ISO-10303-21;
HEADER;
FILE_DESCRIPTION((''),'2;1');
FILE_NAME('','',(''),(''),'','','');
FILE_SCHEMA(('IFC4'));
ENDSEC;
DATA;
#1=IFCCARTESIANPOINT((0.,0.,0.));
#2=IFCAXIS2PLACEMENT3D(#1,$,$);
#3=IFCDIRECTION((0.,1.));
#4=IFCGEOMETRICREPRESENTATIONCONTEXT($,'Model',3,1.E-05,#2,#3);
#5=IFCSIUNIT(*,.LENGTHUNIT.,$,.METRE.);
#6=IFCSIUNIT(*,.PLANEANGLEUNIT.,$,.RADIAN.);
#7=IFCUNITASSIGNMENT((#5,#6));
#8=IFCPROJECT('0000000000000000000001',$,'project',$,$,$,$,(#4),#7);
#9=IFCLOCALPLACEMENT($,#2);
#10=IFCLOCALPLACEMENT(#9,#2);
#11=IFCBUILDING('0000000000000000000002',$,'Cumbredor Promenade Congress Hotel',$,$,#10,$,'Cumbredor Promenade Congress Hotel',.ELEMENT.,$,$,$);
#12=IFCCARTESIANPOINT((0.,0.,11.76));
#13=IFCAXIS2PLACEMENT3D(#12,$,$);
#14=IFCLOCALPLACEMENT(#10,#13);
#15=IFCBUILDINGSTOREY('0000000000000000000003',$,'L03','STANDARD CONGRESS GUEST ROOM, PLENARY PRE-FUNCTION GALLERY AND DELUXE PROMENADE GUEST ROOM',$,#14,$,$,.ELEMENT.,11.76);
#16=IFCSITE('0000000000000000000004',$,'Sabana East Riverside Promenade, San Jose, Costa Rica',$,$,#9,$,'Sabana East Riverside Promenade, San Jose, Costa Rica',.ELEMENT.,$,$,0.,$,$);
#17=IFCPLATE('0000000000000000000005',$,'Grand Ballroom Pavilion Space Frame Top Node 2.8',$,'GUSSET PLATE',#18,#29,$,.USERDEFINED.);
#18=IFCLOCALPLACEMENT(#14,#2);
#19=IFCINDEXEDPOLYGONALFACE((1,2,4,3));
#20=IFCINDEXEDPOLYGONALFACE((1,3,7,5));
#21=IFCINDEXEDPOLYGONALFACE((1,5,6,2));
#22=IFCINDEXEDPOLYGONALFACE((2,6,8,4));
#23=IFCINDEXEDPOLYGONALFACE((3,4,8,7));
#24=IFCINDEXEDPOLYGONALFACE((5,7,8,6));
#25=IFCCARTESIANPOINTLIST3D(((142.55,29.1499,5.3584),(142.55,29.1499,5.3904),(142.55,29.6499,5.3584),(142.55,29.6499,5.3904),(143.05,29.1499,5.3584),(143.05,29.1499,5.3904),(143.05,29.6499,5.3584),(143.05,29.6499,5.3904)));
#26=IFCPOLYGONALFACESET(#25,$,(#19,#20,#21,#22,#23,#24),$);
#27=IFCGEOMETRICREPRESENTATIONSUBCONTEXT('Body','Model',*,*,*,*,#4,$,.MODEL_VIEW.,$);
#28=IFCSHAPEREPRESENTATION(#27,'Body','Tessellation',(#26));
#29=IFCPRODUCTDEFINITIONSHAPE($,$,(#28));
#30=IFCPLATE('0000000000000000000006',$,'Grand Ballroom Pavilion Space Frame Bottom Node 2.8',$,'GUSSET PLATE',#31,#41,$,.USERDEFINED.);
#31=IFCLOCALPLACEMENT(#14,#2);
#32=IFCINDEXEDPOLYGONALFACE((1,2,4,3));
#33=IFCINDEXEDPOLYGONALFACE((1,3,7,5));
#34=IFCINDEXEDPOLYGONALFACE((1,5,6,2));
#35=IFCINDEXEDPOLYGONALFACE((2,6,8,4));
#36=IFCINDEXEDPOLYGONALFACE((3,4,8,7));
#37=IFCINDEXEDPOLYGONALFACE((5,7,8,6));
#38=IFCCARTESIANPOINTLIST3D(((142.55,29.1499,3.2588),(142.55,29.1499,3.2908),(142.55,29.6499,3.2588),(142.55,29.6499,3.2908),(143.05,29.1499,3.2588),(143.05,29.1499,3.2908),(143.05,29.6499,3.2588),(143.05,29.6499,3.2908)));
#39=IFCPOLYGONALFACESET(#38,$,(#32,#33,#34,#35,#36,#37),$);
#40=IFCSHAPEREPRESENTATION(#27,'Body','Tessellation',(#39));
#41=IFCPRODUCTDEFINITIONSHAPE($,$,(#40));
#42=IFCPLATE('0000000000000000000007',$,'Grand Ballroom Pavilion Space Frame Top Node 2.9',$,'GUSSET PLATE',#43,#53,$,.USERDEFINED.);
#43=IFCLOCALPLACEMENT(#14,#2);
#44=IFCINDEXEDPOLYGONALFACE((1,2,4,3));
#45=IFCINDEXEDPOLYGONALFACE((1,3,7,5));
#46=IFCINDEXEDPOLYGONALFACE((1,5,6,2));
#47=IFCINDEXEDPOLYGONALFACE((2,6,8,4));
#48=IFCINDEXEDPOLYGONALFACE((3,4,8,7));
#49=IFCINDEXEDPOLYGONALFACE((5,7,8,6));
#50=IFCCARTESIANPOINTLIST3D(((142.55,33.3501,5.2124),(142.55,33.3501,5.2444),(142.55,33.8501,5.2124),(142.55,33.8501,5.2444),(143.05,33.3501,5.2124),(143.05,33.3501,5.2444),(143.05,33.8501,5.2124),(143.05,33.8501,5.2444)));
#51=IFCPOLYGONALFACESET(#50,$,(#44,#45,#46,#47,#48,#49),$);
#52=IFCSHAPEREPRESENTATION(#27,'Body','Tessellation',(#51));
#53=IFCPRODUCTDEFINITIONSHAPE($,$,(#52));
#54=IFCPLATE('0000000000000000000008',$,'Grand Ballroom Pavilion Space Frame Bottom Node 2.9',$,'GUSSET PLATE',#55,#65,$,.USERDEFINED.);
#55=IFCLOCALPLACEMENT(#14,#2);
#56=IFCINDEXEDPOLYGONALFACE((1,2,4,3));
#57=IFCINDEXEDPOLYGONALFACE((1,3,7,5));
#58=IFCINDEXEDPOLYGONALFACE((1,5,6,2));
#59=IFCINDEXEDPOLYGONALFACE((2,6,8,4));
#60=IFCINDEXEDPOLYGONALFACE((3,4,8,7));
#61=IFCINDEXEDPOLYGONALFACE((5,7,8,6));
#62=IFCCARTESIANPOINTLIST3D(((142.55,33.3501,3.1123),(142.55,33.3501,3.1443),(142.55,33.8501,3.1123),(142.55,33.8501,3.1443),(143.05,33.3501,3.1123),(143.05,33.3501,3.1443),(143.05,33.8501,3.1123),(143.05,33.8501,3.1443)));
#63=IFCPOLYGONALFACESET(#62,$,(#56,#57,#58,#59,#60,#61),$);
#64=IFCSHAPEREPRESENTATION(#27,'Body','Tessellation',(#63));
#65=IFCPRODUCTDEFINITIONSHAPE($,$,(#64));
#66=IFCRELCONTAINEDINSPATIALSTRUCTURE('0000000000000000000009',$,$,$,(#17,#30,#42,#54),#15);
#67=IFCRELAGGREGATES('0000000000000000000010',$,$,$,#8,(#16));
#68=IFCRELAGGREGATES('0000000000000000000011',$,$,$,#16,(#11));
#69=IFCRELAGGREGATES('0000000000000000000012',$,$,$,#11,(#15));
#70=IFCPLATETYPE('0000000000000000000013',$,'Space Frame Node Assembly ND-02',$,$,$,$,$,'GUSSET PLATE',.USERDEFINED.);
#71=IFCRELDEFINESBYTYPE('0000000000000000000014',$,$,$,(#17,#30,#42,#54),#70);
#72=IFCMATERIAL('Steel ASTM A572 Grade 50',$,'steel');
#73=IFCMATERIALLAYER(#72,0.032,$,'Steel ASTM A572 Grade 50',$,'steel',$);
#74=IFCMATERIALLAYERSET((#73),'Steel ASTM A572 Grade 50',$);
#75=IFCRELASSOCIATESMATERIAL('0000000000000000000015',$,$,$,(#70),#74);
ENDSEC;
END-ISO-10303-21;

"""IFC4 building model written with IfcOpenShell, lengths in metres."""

from ifc_helpers import new_model, si_unit, direction, frame, origin, origin_2d, place, context, subcontext, project, spatial, rectangle, extrude, material, layer, layer_set, type_object, element, save


model = new_model("IFC4")

# Units and contexts
model_context = context("Model", 3, precision=1e-05, world=origin(), true_north=direction((0.0, 1.0)))
body_context = subcontext(model_context, "Body", "Model", "MODEL_VIEW")
ifc_project = project(units=[si_unit("LENGTHUNIT", "METRE"), si_unit("PLANEANGLEUNIT", "RADIAN")], contexts=[model_context])

# Site, building, storey
site_placement = place(None, origin())
site = spatial("IfcSite", under=ifc_project, at=site_placement, Name="Sabana East Riverside Promenade, San Jose, Costa Rica", LongName="Sabana East Riverside Promenade, San Jose, Costa Rica", CompositionType="ELEMENT", RefElevation=0.0)
building_placement = place(site_placement, origin())
building = spatial("IfcBuilding", under=site, at=building_placement, Name="Cumbredor Promenade Congress Hotel", LongName="Cumbredor Promenade Congress Hotel", CompositionType="ELEMENT")
storey_placement = place(building_placement, frame((0.0, 0.0, 11.76)))
storey = spatial("IfcBuildingStorey", under=building, at=storey_placement, Name="L03", Description="STANDARD CONGRESS GUEST ROOM, PLENARY PRE-FUNCTION GALLERY AND DELUXE PROMENADE GUEST ROOM", CompositionType="ELEMENT", Elevation=11.76)

# Plates
ifc_material_1 = material(Name="Steel ASTM A572 Grade 50", Category="steel")
ifc_layer_1 = layer(ifc_material_1, 0.032, Name="Steel ASTM A572 Grade 50", Category="steel")
ifc_layer_set_1 = layer_set([ifc_layer_1], Name="Steel ASTM A572 Grade 50")
plate_type_1 = type_object("IfcPlateType", Name="Space Frame Node Assembly ND-02", ElementType="GUSSET PLATE", PredefinedType="USERDEFINED", material=ifc_layer_set_1)
for number, where, z_axis, x_axis, name in (
    (1, (142.8, 29.3999, 5.3584), (0.0, 0.0, 1.0), (1.0, 0.0, 0.0), "Grand Ballroom Pavilion Space Frame Top Node 2.8"),
    (2, (142.8, 29.3999, 3.2588), (0.0, 0.0, 1.0), (1.0, 0.0, 0.0), "Grand Ballroom Pavilion Space Frame Bottom Node 2.8"),
    (3, (142.8, 33.6001, 5.2124), (0.0, 0.0, 1.0), (1.0, 0.0, 0.0), "Grand Ballroom Pavilion Space Frame Top Node 2.9"),
    (4, (142.8, 33.6001, 3.1123), (0.0, 0.0, 1.0), (1.0, 0.0, 0.0), "Grand Ballroom Pavilion Space Frame Bottom Node 2.9"),
):
    element("IfcPlate", number, at=place(storey_placement, frame(where, z_axis=z_axis, x_axis=x_axis)), inside=storey, type_object=plate_type_1, Name=name, ObjectType="GUSSET PLATE", PredefinedType="USERDEFINED", context=body_context, shape_type="SweptSolid", body=[
        extrude(rectangle(XDim=0.5, YDim=0.5, at=origin_2d()), origin(), (0.0, 0.0, 1.0), 0.032),
    ])

save(model, "model.ifc")
